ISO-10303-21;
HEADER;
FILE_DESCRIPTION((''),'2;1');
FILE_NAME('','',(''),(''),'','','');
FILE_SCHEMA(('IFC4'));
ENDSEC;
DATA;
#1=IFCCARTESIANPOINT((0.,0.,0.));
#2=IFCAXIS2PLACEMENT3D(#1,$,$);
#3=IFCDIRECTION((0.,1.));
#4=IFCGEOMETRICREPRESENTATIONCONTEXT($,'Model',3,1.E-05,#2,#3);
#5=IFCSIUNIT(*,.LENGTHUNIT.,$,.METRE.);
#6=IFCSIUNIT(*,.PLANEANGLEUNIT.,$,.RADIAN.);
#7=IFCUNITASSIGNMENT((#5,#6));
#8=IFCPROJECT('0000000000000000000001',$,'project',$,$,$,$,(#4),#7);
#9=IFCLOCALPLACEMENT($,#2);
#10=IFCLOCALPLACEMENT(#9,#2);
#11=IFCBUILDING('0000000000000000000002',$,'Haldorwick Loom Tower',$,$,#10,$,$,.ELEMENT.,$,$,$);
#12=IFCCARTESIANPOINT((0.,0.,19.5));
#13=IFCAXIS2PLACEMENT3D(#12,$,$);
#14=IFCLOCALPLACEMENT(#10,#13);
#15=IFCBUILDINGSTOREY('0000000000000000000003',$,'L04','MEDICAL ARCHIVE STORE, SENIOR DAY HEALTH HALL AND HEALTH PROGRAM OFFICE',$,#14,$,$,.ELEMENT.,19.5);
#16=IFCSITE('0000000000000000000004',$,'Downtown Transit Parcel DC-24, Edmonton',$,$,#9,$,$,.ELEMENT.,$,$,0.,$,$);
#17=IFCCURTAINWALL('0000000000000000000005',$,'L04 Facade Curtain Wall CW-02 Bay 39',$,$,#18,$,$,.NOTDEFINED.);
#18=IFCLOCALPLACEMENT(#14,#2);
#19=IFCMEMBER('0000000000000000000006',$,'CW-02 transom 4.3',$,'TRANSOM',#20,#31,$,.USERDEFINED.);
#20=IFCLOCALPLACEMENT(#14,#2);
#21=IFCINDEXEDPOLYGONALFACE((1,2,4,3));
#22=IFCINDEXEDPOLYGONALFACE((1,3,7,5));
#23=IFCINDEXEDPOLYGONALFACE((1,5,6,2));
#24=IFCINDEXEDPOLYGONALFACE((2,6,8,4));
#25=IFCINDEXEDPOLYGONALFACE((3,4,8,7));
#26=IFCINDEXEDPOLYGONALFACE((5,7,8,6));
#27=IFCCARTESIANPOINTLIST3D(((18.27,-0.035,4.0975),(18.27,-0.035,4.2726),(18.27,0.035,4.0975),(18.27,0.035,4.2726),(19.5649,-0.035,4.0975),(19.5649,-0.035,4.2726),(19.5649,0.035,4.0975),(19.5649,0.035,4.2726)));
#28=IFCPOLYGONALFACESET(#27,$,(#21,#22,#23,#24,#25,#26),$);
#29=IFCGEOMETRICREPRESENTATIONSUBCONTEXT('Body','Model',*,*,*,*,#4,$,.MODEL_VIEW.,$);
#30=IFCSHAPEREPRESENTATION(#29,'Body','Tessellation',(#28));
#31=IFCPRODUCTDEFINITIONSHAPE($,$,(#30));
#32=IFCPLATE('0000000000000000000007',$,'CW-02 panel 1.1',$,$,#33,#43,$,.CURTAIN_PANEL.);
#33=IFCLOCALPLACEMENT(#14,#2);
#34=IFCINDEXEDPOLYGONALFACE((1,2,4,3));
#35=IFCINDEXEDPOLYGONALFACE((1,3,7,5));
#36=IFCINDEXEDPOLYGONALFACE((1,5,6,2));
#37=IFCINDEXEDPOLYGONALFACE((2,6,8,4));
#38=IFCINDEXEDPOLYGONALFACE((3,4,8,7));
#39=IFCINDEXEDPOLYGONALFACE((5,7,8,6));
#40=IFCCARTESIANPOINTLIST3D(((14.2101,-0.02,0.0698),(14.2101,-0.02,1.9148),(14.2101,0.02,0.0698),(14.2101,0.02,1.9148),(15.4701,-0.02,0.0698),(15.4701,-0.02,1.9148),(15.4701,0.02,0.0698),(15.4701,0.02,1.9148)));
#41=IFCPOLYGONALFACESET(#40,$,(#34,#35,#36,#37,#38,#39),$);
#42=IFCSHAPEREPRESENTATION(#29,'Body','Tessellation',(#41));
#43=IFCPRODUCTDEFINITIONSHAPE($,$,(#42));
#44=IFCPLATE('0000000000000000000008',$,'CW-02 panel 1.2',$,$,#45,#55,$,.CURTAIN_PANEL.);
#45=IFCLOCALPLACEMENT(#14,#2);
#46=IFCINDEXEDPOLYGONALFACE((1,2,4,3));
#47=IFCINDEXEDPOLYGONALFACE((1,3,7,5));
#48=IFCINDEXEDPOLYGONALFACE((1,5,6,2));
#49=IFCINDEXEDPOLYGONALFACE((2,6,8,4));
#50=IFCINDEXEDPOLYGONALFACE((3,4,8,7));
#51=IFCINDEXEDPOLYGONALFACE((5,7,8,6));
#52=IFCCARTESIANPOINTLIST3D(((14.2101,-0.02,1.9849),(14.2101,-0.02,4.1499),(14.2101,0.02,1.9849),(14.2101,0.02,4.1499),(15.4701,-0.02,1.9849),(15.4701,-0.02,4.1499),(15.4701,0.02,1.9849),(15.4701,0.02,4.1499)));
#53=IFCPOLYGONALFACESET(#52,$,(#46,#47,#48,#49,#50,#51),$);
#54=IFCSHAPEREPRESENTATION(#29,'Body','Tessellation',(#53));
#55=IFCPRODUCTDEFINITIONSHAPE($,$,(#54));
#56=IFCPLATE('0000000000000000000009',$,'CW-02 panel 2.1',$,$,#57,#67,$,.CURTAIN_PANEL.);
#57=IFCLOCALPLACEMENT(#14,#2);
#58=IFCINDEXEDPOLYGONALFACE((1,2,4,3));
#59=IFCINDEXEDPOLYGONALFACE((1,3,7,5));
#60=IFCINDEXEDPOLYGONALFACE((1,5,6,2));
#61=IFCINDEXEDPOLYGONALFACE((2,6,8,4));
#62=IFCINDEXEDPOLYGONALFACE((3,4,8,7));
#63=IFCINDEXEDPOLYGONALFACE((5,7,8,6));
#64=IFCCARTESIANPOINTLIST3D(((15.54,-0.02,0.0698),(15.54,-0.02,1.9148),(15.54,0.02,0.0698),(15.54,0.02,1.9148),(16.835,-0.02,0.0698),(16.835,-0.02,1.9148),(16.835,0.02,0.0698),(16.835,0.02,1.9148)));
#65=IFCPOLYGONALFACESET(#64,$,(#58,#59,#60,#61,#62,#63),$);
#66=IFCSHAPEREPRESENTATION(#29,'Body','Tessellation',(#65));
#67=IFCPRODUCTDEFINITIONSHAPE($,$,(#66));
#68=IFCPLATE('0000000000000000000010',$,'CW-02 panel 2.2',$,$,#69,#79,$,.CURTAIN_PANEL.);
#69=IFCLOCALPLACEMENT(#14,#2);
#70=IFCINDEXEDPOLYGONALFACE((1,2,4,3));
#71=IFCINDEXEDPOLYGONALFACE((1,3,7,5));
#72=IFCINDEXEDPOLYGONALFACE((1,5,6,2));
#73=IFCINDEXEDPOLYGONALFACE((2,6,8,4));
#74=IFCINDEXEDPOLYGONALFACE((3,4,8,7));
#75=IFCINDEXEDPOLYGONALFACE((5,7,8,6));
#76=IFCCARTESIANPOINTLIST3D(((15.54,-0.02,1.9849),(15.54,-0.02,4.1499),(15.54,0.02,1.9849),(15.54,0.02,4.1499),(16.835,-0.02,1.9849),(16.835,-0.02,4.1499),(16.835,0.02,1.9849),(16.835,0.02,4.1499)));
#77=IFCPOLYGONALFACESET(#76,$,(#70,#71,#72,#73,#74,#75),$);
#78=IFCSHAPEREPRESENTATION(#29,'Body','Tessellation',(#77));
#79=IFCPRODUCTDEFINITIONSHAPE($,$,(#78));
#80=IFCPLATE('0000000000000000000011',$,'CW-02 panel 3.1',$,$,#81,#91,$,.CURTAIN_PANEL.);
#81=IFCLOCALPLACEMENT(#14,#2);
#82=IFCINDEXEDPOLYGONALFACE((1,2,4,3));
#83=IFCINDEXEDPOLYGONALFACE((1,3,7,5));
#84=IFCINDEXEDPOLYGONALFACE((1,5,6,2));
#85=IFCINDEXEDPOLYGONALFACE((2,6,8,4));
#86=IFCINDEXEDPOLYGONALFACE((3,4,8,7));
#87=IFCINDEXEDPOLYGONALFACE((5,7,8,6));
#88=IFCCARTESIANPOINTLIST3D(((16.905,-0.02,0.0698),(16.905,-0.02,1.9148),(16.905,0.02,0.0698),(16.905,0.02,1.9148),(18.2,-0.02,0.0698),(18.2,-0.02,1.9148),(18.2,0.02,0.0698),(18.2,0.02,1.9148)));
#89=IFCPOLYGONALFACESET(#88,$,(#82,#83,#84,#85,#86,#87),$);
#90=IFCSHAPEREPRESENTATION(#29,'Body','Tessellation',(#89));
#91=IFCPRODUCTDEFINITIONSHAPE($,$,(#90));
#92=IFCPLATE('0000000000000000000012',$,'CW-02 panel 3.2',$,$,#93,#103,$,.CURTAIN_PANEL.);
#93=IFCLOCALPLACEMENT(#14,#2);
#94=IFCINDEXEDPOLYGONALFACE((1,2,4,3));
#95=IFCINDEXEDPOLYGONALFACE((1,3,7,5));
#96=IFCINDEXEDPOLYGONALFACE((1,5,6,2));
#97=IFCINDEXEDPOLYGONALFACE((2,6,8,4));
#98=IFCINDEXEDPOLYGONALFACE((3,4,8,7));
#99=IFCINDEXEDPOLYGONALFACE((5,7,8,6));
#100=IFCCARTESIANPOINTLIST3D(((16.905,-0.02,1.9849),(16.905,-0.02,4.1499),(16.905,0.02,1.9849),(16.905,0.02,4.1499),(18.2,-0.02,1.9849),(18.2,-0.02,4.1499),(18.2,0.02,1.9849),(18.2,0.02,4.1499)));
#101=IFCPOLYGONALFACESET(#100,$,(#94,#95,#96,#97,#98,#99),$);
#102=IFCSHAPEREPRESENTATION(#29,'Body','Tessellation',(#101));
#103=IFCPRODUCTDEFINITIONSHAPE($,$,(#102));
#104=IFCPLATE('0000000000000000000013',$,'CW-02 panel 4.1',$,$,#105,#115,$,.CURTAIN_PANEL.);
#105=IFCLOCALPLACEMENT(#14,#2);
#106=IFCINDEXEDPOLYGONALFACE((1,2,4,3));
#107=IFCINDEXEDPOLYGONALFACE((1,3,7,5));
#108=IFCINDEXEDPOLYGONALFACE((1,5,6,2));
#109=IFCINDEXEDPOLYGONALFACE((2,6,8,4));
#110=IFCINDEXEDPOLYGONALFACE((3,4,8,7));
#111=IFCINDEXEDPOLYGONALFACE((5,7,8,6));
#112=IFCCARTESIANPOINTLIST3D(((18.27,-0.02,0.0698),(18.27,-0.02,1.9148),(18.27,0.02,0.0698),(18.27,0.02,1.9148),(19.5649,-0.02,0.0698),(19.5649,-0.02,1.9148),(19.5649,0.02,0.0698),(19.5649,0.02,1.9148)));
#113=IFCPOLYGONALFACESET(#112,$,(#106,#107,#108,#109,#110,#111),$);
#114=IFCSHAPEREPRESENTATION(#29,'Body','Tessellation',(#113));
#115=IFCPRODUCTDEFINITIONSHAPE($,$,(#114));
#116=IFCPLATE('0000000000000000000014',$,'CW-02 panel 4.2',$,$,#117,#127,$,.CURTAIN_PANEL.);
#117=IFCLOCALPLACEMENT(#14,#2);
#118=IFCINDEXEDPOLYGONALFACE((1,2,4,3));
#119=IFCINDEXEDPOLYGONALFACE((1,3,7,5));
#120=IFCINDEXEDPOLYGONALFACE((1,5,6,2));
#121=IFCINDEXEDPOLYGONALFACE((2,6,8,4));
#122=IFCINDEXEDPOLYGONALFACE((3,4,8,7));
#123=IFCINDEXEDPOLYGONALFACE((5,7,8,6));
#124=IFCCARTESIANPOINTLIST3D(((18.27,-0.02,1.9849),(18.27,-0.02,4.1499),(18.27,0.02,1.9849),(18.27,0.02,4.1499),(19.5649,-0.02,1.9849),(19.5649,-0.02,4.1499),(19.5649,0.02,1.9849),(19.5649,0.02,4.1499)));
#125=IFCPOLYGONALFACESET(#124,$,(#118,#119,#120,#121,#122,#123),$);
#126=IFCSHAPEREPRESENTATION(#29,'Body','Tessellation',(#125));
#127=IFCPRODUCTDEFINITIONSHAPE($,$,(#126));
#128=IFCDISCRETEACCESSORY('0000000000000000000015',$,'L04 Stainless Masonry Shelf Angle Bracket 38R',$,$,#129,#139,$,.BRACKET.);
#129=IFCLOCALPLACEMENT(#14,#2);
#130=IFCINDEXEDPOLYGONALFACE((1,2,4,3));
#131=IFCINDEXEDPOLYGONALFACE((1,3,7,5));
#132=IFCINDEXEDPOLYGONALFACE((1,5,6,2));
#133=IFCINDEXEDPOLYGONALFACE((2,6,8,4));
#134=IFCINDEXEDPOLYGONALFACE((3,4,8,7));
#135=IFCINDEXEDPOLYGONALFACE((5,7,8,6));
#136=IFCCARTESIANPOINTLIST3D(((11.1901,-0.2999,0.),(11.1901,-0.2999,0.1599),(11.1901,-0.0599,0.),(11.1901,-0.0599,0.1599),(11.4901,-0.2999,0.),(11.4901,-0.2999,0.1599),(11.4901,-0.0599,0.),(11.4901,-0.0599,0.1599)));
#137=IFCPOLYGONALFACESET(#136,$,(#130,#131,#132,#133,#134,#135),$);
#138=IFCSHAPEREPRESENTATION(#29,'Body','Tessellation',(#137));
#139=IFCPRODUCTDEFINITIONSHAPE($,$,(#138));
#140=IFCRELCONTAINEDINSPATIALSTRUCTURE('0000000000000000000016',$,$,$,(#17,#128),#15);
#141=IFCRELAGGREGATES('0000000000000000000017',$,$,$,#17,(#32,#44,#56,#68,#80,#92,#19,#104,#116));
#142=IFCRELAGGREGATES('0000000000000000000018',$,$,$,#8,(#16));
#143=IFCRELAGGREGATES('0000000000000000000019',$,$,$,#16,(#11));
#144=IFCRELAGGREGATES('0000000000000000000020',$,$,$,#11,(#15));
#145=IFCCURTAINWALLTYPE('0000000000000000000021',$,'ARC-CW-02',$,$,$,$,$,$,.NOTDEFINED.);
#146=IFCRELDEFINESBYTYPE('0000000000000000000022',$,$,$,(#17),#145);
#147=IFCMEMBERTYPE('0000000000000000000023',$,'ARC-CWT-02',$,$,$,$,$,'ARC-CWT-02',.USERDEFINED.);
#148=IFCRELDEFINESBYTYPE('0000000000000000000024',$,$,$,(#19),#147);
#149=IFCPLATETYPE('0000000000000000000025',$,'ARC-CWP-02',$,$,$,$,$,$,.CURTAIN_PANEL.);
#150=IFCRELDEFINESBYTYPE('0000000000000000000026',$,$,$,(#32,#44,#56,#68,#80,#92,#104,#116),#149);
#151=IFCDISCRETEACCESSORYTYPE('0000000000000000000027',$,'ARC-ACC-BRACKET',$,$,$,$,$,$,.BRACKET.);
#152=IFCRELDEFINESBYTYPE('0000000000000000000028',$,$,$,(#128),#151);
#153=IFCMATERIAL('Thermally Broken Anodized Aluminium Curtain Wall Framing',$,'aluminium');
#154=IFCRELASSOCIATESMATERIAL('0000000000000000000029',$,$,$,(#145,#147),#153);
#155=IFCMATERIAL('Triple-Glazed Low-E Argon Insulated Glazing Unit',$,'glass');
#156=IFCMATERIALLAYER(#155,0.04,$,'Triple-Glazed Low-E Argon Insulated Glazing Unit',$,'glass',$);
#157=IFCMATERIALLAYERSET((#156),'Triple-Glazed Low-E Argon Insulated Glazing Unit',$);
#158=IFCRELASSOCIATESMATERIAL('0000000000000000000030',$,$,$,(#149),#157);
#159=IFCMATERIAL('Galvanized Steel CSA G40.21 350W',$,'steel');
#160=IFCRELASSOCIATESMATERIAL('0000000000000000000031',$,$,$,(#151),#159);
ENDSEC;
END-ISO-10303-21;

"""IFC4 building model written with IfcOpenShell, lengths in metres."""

from ifc_helpers import new_model, si_unit, direction, frame, origin, origin_2d, place, context, subcontext, project, spatial, rectangle, extrude, material, layer, layer_set, material_profile, profile_set, type_object, element, aggregate, save


model = new_model("IFC4")

# Units and contexts
model_context = context("Model", 3, precision=1e-05, world=origin(), true_north=direction((0.0, 1.0)))
body_context = subcontext(model_context, "Body", "Model", "MODEL_VIEW")
ifc_project = project(units=[si_unit("LENGTHUNIT", "METRE"), si_unit("PLANEANGLEUNIT", "RADIAN")], contexts=[model_context])

# Site, building, storey
site_placement = place(None, origin())
site = spatial("IfcSite", under=ifc_project, at=site_placement, Name="Downtown Transit Parcel DC-24, Edmonton", CompositionType="ELEMENT", RefElevation=0.0)
building_placement = place(site_placement, origin())
building = spatial("IfcBuilding", under=site, at=building_placement, Name="Haldorwick Loom Tower", CompositionType="ELEMENT")
storey_placement = place(building_placement, frame((0.0, 0.0, 19.5)))
storey = spatial("IfcBuildingStorey", under=building, at=storey_placement, Name="L04", Description="MEDICAL ARCHIVE STORE, SENIOR DAY HEALTH HALL AND HEALTH PROGRAM OFFICE", CompositionType="ELEMENT", Elevation=19.5)

# Curtain wall, member, plates
ifc_material_1 = material(Name="Thermally Broken Anodized Aluminium Curtain Wall Framing", Category="aluminium")
curtain_wall_type = type_object("IfcCurtainWallType", Name="ARC-CW-02", PredefinedType="NOTDEFINED", material=ifc_material_1)
curtain_wall_placement = place(storey_placement, origin())
curtain_wall = element("IfcCurtainWall", 1, at=curtain_wall_placement, inside=storey, type_object=curtain_wall_type, Name="L04 Facade Curtain Wall CW-02 Bay 39", PredefinedType="NOTDEFINED")
ifc_material_profile_1 = material_profile(ifc_material_1, rectangle(XDim=0.0701, YDim=0.175, at=origin_2d()), Name="ALU_TRN_70X175", Category="aluminium")
ifc_profile_set_1 = profile_set([ifc_material_profile_1], Name="Thermally Broken Anodized Aluminium Curtain Wall Framing")
member_type_1 = type_object("IfcMemberType", Name="ARC-CWT-02", ElementType="ARC-CWT-02", PredefinedType="USERDEFINED", material=ifc_profile_set_1)
member_1_placement = place(storey_placement, frame((18.27, 0.0, 4.1851), z_axis=(1.0, 0.0, 0.0), x_axis=(0.0, 1.0, 0.0)))
member_1 = element("IfcMember", 2, at=member_1_placement, type_object=member_type_1, Name="CW-02 transom 4.3", ObjectType="TRANSOM", PredefinedType="USERDEFINED", context=body_context, shape_type="SweptSolid", body=[
    extrude(rectangle(XDim=0.0701, YDim=0.175, at=origin_2d()), origin(), (0.0, 0.0, 1.0), 1.2949),
])
ifc_material_2 = material(Name="Triple-Glazed Low-E Argon Insulated Glazing Unit", Category="glass")
ifc_layer = layer(ifc_material_2, 0.04, Name="Triple-Glazed Low-E Argon Insulated Glazing Unit", Category="glass")
ifc_layer_set = layer_set([ifc_layer], Name="Triple-Glazed Low-E Argon Insulated Glazing Unit")
plate_type = type_object("IfcPlateType", Name="ARC-CWP-02", PredefinedType="CURTAIN_PANEL", material=ifc_layer_set)
plate_1_placement = place(storey_placement, frame((14.8401, 0.0, 0.0698), z_axis=(0.0, 0.0, 1.0), x_axis=(1.0, 0.0, 0.0)))
plate_1 = element("IfcPlate", 3, at=plate_1_placement, type_object=plate_type, Name="CW-02 panel 1.1", PredefinedType="CURTAIN_PANEL", context=body_context, shape_type="SweptSolid", body=[
    extrude(rectangle(XDim=1.26, YDim=0.04, at=origin_2d()), origin(), (0.0, 0.0, 1.0), 1.845),
])
plate_2_placement = place(storey_placement, frame((14.8401, 0.0, 1.9849), z_axis=(0.0, 0.0, 1.0), x_axis=(1.0, 0.0, 0.0)))
plate_2 = element("IfcPlate", 4, at=plate_2_placement, type_object=plate_type, Name="CW-02 panel 1.2", PredefinedType="CURTAIN_PANEL", context=body_context, shape_type="SweptSolid", body=[
    extrude(rectangle(XDim=1.26, YDim=0.04, at=origin_2d()), origin(), (0.0, 0.0, 1.0), 2.165),
])
plate_3_placement = place(storey_placement, frame((16.1875, 0.0, 0.0698), z_axis=(0.0, 0.0, 1.0), x_axis=(1.0, 0.0, 0.0)))
plate_3 = element("IfcPlate", 5, at=plate_3_placement, type_object=plate_type, Name="CW-02 panel 2.1", PredefinedType="CURTAIN_PANEL", context=body_context, shape_type="SweptSolid", body=[
    extrude(rectangle(XDim=1.2949, YDim=0.04, at=origin_2d()), origin(), (0.0, 0.0, 1.0), 1.845),
])
plate_4_placement = place(storey_placement, frame((16.1875, 0.0, 1.9849), z_axis=(0.0, 0.0, 1.0), x_axis=(1.0, 0.0, 0.0)))
plate_4 = element("IfcPlate", 6, at=plate_4_placement, type_object=plate_type, Name="CW-02 panel 2.2", PredefinedType="CURTAIN_PANEL", context=body_context, shape_type="SweptSolid", body=[
    extrude(rectangle(XDim=1.2949, YDim=0.04, at=origin_2d()), origin(), (0.0, 0.0, 1.0), 2.165),
])
plate_5_placement = place(storey_placement, frame((17.5525, 0.0, 0.0698), z_axis=(0.0, 0.0, 1.0), x_axis=(1.0, 0.0, 0.0)))
plate_5 = element("IfcPlate", 7, at=plate_5_placement, type_object=plate_type, Name="CW-02 panel 3.1", PredefinedType="CURTAIN_PANEL", context=body_context, shape_type="SweptSolid", body=[
    extrude(rectangle(XDim=1.2949, YDim=0.04, at=origin_2d()), origin(), (0.0, 0.0, 1.0), 1.845),
])
plate_6_placement = place(storey_placement, frame((17.5525, 0.0, 1.9849), z_axis=(0.0, 0.0, 1.0), x_axis=(1.0, 0.0, 0.0)))
plate_6 = element("IfcPlate", 8, at=plate_6_placement, type_object=plate_type, Name="CW-02 panel 3.2", PredefinedType="CURTAIN_PANEL", context=body_context, shape_type="SweptSolid", body=[
    extrude(rectangle(XDim=1.2949, YDim=0.04, at=origin_2d()), origin(), (0.0, 0.0, 1.0), 2.165),
])
plate_7_placement = place(storey_placement, frame((18.9175, 0.0, 0.0698), z_axis=(0.0, 0.0, 1.0), x_axis=(1.0, 0.0, 0.0)))
plate_7 = element("IfcPlate", 9, at=plate_7_placement, type_object=plate_type, Name="CW-02 panel 4.1", PredefinedType="CURTAIN_PANEL", context=body_context, shape_type="SweptSolid", body=[
    extrude(rectangle(XDim=1.2949, YDim=0.04, at=origin_2d()), origin(), (0.0, 0.0, 1.0), 1.845),
])
plate_8_placement = place(storey_placement, frame((18.9175, 0.0, 1.9849), z_axis=(0.0, 0.0, 1.0), x_axis=(1.0, 0.0, 0.0)))
plate_8 = element("IfcPlate", 10, at=plate_8_placement, type_object=plate_type, Name="CW-02 panel 4.2", PredefinedType="CURTAIN_PANEL", context=body_context, shape_type="SweptSolid", body=[
    extrude(rectangle(XDim=1.2949, YDim=0.04, at=origin_2d()), origin(), (0.0, 0.0, 1.0), 2.165),
])
aggregate(curtain_wall, [plate_1, plate_2, plate_3, plate_4, plate_5, plate_6, member_1, plate_7, plate_8])

# Discrete accessory
ifc_material_3 = material(Name="Galvanized Steel CSA G40.21 350W", Category="steel")
discrete_accessory_type = type_object("IfcDiscreteAccessoryType", Name="ARC-ACC-BRACKET", PredefinedType="BRACKET", material=ifc_material_3)
discrete_accessory_placement = place(storey_placement, frame((11.3401, -0.1799, 0.0), z_axis=(0.0, 0.0, 1.0), x_axis=(1.0, 0.0, 0.0)))
element("IfcDiscreteAccessory", 11, at=discrete_accessory_placement, inside=storey, type_object=discrete_accessory_type, Name="L04 Stainless Masonry Shelf Angle Bracket 38R", PredefinedType="BRACKET", context=body_context, shape_type="SweptSolid", body=[
    extrude(rectangle(XDim=0.3, YDim=0.24, at=origin_2d()), origin(), (0.0, 0.0, 1.0), 0.1599),
])

save(model, "model.ifc")
